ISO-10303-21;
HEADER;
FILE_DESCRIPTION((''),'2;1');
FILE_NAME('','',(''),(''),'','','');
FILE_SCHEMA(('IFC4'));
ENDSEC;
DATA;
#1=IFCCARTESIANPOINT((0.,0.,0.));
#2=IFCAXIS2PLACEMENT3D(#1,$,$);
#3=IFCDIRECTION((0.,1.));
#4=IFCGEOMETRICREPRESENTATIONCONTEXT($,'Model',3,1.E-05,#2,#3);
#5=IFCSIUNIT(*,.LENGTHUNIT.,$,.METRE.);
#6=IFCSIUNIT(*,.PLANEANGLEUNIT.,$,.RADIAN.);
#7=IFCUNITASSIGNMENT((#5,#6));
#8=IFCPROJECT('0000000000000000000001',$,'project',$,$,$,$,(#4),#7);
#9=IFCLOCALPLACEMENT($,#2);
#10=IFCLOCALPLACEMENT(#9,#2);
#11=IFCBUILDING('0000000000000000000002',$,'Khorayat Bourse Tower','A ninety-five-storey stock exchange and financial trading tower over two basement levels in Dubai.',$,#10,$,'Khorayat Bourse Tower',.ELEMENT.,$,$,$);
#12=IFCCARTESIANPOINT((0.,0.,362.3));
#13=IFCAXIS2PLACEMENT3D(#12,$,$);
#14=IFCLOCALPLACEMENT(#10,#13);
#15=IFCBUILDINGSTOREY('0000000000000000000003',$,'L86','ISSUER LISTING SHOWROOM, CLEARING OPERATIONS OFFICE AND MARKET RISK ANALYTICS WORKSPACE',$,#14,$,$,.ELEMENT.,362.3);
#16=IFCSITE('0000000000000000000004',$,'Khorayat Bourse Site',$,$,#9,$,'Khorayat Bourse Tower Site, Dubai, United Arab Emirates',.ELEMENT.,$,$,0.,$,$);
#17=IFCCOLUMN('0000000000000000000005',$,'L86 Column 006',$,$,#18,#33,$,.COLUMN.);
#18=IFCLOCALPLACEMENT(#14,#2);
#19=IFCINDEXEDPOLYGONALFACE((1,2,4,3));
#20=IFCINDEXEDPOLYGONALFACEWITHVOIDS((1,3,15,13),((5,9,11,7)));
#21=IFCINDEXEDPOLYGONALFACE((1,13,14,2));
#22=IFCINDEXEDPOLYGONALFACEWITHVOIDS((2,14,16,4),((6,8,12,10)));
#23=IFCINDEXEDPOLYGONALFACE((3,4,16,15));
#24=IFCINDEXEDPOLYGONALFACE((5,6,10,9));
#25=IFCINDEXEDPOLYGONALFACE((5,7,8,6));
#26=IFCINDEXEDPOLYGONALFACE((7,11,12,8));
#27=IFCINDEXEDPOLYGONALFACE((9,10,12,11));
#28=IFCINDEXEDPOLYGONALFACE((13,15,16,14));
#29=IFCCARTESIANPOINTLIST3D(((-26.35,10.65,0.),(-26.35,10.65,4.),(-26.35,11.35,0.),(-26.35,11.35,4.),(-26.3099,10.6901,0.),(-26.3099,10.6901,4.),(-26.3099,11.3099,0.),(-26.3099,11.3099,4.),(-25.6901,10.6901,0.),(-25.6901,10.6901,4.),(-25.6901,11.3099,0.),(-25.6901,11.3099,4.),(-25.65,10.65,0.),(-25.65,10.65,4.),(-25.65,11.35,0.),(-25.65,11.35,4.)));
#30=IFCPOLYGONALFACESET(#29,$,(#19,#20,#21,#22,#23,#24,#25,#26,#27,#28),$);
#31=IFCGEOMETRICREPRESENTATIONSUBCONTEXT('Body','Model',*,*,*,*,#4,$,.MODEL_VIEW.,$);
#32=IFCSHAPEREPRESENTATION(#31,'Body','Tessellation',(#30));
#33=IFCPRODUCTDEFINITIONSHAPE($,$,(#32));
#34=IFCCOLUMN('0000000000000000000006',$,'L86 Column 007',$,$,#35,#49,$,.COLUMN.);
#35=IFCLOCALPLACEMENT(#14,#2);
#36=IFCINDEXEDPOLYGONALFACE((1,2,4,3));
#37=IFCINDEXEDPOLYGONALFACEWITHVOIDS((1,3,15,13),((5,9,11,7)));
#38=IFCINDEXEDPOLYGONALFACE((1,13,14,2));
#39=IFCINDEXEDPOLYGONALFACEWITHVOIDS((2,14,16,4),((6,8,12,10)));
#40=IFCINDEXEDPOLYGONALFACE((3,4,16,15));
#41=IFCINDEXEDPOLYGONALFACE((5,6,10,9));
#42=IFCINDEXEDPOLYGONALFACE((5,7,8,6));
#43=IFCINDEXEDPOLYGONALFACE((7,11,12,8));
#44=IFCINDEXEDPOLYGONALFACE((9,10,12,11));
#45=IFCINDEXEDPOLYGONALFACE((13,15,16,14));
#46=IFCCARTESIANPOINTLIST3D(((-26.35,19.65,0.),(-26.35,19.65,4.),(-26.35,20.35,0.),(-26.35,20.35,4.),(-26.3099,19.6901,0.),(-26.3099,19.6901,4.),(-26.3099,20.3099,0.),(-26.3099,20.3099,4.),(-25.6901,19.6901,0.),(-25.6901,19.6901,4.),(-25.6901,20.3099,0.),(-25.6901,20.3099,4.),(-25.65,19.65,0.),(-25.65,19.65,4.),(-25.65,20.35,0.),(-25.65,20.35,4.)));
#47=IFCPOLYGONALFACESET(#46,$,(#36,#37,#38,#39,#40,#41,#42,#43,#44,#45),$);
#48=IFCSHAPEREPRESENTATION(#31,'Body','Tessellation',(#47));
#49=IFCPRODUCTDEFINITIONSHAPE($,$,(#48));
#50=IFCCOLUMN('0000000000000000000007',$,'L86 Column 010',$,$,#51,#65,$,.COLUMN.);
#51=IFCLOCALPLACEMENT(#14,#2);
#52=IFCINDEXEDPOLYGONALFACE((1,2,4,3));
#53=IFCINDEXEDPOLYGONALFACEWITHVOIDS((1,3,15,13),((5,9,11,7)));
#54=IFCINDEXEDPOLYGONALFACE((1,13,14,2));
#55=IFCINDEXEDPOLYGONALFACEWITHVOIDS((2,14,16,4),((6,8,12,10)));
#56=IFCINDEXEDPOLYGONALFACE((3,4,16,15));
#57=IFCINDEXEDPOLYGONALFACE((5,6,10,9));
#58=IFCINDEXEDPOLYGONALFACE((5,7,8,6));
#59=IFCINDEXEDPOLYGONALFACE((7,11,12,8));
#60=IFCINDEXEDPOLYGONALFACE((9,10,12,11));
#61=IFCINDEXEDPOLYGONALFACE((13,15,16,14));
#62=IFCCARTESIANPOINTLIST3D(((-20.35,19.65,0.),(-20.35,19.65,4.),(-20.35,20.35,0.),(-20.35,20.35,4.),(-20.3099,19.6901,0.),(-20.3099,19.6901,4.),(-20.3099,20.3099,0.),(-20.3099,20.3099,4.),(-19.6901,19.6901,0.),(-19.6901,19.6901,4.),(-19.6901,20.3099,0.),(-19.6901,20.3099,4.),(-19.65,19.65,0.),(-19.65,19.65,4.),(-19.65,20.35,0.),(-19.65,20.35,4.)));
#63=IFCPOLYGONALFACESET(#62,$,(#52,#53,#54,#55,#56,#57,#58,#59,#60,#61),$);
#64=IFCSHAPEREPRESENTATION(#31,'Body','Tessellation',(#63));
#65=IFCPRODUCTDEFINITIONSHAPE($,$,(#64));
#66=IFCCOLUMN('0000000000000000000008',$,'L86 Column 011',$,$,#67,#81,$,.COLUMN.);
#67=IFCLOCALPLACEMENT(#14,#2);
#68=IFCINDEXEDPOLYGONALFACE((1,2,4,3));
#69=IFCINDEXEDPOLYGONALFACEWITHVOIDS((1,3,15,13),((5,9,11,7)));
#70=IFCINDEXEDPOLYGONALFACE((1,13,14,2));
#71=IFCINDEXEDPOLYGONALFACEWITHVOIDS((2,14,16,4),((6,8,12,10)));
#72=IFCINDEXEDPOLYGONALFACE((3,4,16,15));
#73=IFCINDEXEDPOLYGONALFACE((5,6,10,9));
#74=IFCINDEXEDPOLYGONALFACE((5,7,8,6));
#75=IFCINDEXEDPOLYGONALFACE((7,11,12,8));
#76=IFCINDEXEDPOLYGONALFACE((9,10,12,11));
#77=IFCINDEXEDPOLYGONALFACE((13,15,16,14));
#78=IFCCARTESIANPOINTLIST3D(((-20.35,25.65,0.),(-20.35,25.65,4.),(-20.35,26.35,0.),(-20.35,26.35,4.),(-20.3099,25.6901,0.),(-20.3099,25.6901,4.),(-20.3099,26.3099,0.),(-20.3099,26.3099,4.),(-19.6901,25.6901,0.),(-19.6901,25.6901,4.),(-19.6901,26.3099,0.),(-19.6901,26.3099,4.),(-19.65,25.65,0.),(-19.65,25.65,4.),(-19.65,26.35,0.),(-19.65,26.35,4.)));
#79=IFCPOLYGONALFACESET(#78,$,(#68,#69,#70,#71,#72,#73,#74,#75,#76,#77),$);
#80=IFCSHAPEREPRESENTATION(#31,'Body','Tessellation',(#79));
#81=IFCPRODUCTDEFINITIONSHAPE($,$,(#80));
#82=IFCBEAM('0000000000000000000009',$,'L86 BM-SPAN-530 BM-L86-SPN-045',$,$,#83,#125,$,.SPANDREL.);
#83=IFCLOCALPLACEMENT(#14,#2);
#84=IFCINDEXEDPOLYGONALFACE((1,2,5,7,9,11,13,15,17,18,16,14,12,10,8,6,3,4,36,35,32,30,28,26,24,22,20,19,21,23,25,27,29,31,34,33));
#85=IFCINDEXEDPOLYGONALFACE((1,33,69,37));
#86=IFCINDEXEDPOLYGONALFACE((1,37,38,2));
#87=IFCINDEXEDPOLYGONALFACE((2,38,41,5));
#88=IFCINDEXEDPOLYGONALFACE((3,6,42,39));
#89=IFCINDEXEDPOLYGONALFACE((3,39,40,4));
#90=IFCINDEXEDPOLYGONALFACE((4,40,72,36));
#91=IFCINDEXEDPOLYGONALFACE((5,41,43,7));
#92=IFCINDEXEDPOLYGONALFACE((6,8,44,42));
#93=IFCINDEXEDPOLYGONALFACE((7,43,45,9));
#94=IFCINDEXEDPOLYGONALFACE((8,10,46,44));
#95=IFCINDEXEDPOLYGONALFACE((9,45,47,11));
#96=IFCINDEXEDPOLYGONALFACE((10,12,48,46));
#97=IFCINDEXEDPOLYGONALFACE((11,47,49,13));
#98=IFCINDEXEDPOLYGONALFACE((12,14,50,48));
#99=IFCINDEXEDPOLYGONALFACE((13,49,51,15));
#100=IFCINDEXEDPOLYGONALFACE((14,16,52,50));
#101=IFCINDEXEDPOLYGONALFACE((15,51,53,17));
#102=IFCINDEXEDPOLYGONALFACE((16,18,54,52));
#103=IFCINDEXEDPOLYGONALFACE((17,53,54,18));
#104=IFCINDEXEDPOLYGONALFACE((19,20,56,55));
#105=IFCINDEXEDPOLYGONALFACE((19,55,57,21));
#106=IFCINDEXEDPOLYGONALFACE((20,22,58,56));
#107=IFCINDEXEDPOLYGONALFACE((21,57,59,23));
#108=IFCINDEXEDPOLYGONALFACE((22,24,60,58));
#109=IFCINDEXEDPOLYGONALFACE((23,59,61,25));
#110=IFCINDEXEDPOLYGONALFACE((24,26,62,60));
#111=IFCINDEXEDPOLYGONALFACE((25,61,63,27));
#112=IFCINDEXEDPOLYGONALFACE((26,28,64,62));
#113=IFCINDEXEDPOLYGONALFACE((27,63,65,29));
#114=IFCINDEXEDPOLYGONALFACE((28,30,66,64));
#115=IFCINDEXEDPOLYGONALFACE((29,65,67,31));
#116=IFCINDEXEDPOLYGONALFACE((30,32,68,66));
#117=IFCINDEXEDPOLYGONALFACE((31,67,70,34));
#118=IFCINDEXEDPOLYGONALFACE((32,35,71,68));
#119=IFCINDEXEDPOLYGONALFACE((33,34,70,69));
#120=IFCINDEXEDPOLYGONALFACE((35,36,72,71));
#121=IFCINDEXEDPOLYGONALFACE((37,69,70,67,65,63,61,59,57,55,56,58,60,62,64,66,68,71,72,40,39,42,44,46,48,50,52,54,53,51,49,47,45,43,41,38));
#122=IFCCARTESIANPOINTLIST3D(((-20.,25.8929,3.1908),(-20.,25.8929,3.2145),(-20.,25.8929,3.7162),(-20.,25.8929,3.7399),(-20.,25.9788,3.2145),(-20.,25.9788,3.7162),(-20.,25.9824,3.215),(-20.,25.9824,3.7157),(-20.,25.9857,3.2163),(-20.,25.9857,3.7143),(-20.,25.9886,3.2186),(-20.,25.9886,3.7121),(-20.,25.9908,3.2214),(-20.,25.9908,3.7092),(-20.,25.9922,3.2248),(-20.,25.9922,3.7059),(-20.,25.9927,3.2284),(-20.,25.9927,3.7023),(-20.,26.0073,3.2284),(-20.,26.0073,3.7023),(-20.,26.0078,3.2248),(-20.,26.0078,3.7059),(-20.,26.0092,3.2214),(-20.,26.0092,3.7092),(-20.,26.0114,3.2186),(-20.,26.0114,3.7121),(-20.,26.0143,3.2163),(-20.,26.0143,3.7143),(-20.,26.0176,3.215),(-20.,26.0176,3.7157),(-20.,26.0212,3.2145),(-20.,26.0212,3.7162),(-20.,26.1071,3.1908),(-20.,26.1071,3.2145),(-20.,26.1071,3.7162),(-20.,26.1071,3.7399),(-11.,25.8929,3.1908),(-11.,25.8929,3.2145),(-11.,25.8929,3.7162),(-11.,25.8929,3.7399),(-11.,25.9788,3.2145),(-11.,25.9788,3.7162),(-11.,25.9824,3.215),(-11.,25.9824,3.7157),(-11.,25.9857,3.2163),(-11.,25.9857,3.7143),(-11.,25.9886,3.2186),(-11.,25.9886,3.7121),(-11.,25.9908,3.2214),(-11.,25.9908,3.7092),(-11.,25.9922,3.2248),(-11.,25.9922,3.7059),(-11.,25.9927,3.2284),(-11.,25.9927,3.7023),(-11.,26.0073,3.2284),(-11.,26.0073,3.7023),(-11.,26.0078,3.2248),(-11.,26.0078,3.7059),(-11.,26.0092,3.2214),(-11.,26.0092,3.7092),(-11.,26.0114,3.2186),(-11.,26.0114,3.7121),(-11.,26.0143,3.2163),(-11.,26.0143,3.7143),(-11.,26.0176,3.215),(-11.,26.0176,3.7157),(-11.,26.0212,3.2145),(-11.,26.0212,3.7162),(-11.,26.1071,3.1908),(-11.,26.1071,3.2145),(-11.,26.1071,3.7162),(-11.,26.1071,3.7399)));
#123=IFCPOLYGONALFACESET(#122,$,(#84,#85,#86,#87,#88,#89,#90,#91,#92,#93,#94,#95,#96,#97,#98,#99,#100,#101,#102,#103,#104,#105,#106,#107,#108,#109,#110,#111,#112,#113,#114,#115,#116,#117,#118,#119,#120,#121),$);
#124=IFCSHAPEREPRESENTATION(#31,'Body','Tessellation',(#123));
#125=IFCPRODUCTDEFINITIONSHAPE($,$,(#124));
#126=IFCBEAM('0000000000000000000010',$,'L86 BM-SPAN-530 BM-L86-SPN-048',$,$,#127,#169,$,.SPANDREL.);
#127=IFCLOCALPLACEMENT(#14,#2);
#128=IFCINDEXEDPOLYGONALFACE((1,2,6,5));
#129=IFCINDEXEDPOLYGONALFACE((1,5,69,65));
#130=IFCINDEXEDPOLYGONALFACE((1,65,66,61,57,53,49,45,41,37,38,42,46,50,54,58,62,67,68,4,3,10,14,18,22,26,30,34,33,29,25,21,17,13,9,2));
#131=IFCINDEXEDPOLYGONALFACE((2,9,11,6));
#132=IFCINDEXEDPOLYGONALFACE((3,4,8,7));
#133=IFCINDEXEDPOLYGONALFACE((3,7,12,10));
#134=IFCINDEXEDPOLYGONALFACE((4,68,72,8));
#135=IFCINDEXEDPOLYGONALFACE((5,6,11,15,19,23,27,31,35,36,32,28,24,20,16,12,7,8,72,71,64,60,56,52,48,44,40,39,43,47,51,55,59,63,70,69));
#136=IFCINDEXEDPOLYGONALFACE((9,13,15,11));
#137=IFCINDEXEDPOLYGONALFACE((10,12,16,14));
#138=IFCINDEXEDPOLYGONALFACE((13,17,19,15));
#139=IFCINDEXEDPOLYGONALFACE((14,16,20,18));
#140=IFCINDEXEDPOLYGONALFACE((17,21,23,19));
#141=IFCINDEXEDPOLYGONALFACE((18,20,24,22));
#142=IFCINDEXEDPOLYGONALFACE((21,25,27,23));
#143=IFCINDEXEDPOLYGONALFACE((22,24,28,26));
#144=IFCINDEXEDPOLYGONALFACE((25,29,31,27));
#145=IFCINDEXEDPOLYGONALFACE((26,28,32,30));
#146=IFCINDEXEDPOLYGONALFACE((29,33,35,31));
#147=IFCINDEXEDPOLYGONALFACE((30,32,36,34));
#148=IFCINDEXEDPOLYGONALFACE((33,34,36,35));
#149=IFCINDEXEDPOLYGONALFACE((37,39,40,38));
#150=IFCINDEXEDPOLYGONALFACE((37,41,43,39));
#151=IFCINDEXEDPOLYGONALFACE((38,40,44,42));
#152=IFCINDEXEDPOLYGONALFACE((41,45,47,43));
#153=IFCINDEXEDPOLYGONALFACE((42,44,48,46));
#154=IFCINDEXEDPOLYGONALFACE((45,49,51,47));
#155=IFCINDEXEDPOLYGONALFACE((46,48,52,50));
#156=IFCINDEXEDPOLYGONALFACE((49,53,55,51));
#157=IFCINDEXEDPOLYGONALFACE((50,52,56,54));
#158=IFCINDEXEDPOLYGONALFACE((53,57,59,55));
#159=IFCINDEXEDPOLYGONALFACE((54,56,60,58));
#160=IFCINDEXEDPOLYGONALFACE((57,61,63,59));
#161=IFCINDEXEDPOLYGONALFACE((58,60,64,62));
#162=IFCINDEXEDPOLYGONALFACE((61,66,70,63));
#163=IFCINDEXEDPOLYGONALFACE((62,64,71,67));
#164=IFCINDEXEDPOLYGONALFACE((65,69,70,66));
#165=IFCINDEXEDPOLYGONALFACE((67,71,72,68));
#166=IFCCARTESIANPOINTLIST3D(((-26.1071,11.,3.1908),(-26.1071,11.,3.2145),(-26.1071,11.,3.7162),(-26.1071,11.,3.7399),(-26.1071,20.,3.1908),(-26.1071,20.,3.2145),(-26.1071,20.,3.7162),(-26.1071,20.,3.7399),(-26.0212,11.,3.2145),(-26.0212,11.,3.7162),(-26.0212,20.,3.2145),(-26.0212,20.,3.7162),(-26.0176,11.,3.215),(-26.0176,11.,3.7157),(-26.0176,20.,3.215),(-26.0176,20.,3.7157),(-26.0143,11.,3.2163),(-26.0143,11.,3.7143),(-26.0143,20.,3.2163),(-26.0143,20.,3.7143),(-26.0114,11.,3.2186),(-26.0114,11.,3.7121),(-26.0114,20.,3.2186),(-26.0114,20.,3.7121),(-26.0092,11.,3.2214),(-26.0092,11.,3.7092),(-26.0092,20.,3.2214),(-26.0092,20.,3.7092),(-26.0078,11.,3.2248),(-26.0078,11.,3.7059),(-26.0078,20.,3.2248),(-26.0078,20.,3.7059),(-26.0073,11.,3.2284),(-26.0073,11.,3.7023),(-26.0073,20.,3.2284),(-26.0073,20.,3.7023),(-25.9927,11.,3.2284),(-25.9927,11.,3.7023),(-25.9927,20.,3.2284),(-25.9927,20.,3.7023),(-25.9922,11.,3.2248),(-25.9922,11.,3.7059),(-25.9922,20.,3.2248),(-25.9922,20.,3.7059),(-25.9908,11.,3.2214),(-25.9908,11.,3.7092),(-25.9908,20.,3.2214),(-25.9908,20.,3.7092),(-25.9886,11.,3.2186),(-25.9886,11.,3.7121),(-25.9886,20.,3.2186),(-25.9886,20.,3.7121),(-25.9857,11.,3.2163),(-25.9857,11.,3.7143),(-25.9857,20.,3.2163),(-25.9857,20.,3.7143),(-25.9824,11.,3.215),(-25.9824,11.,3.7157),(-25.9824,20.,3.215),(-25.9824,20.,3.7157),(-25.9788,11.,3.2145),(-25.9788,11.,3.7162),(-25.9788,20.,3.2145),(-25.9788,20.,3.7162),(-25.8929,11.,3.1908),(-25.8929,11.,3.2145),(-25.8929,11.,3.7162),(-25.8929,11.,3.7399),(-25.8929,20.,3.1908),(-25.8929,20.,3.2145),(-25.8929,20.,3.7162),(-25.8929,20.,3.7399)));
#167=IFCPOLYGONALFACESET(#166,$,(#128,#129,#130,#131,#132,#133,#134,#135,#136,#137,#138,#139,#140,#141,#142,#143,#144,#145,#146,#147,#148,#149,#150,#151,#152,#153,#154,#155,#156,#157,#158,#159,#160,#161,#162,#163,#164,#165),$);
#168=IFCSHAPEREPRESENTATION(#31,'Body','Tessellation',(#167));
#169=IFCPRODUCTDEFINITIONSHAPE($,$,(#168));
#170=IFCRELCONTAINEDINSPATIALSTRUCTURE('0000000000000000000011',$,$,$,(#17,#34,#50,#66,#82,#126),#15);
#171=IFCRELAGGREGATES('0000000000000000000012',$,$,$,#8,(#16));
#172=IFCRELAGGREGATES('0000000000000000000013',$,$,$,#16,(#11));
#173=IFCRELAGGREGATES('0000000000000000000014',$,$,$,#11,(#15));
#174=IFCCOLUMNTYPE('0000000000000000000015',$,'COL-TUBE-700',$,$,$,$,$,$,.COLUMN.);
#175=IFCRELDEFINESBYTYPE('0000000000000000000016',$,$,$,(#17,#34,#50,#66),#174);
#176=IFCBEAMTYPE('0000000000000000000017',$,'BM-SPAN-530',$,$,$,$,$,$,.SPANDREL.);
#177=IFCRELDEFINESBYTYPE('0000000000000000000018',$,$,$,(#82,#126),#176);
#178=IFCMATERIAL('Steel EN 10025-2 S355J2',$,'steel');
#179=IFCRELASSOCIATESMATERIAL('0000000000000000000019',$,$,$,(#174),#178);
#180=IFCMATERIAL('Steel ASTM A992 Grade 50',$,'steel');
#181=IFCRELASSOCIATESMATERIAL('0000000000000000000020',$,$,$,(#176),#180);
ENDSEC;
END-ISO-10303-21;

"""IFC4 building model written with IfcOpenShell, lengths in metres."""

from ifc_helpers import new_model, si_unit, direction, frame, origin, origin_2d, place, context, subcontext, project, spatial, hollow_rectangle, i_section, extrude, source, transform, mapped, material, material_profile, profile_set, type_object, element, save


model = new_model("IFC4")

# Units and contexts
model_context = context("Model", 3, precision=1e-05, world=origin(), true_north=direction((0.0, 1.0)))
body_context = subcontext(model_context, "Body", "Model", "MODEL_VIEW")
ifc_project = project(units=[si_unit("LENGTHUNIT", "METRE"), si_unit("PLANEANGLEUNIT", "RADIAN")], contexts=[model_context])

# Site, building, storey
site_placement = place(None, origin())
site = spatial("IfcSite", under=ifc_project, at=site_placement, Name="Khorayat Bourse Site", LongName="Khorayat Bourse Tower Site, Dubai, United Arab Emirates", CompositionType="ELEMENT", RefElevation=0.0)
building_placement = place(site_placement, origin())
building = spatial("IfcBuilding", under=site, at=building_placement, Name="Khorayat Bourse Tower", Description="A ninety-five-storey stock exchange and financial trading tower over two basement levels in Dubai.", LongName="Khorayat Bourse Tower", CompositionType="ELEMENT")
storey_placement = place(building_placement, frame((0.0, 0.0, 362.3)))
storey = spatial("IfcBuildingStorey", under=building, at=storey_placement, Name="L86", Description="ISSUER LISTING SHOWROOM, CLEARING OPERATIONS OFFICE AND MARKET RISK ANALYTICS WORKSPACE", CompositionType="ELEMENT", Elevation=362.3)

# Columns
ifc_material_1 = material(Name="Steel EN 10025-2 S355J2", Category="steel")
ifc_material_profile_1 = material_profile(ifc_material_1, hollow_rectangle(XDim=0.7, YDim=0.7, WallThickness=0.04, at=origin_2d()), Name="BOX 700x700x40")
ifc_profile_set_1 = profile_set([ifc_material_profile_1], Name="Steel EN 10025-2 S355J2")
column_type = type_object("IfcColumnType", Name="COL-TUBE-700", PredefinedType="COLUMN", material=ifc_profile_set_1)
shared_shape_1 = source(origin(), body_context, "Body", "SweptSolid", [
    extrude(hollow_rectangle(XDim=0.7, YDim=0.7, WallThickness=0.04, at=origin_2d()), origin(), (0.0, 0.0, 1.0), 4.0),
])
for number, where, z_axis, x_axis, name in (
    (1, (-26.0, 11.0, 0.0), (0.0, 0.0, 1.0), (1.0, 0.0, 0.0), "L86 Column 006"),
    (2, (-26.0, 20.0, 0.0), (0.0, 0.0, 1.0), (1.0, 0.0, 0.0), "L86 Column 007"),
    (3, (-20.0, 20.0, 0.0), (0.0, 0.0, 1.0), (1.0, 0.0, 0.0), "L86 Column 010"),
    (4, (-20.0, 26.0, 0.0), (0.0, 0.0, 1.0), (1.0, 0.0, 0.0), "L86 Column 011"),
):
    element("IfcColumn", number, at=place(storey_placement, frame(where, z_axis=z_axis, x_axis=x_axis)), inside=storey, type_object=column_type, Name=name, PredefinedType="COLUMN", context=body_context, shape_type="MappedRepresentation", body=[
        mapped(shared_shape_1, transform((0.0, 0.0, 0.0), scale=1.0)),
    ])

# Beams
ifc_material_2 = material(Name="Steel ASTM A992 Grade 50", Category="steel")
ifc_material_profile_2 = material_profile(ifc_material_2, i_section(OverallWidth=0.2141, OverallDepth=0.5491, WebThickness=0.0146, FlangeThickness=0.0237, FilletRadius=0.0139, at=origin_2d()), Name="W530X138")
ifc_profile_set_2 = profile_set([ifc_material_profile_2], Name="Steel ASTM A992 Grade 50")
beam_type_1 = type_object("IfcBeamType", Name="BM-SPAN-530", PredefinedType="SPANDREL", material=ifc_profile_set_2)
shared_shape_2 = source(origin(), body_context, "Body", "SweptSolid", [
    extrude(i_section(OverallWidth=0.2141, OverallDepth=0.5491, WebThickness=0.0146, FlangeThickness=0.0237, FilletRadius=0.0139, at=origin_2d()), origin(), (0.0, 0.0, 1.0), 9.0),
])
for number, where, z_axis, x_axis, name in (
    (5, (-20.0, 26.0, 3.4653), (1.0, 0.0, 0.0), (0.0, 1.0, 0.0), "L86 BM-SPAN-530 BM-L86-SPN-045"),
    (6, (-26.0, 11.0, 3.4653), (0.0, 1.0, 0.0), (-1.0, 0.0, 0.0), "L86 BM-SPAN-530 BM-L86-SPN-048"),
):
    element("IfcBeam", number, at=place(storey_placement, frame(where, z_axis=z_axis, x_axis=x_axis)), inside=storey, type_object=beam_type_1, Name=name, PredefinedType="SPANDREL", context=body_context, shape_type="MappedRepresentation", body=[
        mapped(shared_shape_2, transform((0.0, 0.0, 0.0), scale=1.0)),
    ])

save(model, "model.ifc")
